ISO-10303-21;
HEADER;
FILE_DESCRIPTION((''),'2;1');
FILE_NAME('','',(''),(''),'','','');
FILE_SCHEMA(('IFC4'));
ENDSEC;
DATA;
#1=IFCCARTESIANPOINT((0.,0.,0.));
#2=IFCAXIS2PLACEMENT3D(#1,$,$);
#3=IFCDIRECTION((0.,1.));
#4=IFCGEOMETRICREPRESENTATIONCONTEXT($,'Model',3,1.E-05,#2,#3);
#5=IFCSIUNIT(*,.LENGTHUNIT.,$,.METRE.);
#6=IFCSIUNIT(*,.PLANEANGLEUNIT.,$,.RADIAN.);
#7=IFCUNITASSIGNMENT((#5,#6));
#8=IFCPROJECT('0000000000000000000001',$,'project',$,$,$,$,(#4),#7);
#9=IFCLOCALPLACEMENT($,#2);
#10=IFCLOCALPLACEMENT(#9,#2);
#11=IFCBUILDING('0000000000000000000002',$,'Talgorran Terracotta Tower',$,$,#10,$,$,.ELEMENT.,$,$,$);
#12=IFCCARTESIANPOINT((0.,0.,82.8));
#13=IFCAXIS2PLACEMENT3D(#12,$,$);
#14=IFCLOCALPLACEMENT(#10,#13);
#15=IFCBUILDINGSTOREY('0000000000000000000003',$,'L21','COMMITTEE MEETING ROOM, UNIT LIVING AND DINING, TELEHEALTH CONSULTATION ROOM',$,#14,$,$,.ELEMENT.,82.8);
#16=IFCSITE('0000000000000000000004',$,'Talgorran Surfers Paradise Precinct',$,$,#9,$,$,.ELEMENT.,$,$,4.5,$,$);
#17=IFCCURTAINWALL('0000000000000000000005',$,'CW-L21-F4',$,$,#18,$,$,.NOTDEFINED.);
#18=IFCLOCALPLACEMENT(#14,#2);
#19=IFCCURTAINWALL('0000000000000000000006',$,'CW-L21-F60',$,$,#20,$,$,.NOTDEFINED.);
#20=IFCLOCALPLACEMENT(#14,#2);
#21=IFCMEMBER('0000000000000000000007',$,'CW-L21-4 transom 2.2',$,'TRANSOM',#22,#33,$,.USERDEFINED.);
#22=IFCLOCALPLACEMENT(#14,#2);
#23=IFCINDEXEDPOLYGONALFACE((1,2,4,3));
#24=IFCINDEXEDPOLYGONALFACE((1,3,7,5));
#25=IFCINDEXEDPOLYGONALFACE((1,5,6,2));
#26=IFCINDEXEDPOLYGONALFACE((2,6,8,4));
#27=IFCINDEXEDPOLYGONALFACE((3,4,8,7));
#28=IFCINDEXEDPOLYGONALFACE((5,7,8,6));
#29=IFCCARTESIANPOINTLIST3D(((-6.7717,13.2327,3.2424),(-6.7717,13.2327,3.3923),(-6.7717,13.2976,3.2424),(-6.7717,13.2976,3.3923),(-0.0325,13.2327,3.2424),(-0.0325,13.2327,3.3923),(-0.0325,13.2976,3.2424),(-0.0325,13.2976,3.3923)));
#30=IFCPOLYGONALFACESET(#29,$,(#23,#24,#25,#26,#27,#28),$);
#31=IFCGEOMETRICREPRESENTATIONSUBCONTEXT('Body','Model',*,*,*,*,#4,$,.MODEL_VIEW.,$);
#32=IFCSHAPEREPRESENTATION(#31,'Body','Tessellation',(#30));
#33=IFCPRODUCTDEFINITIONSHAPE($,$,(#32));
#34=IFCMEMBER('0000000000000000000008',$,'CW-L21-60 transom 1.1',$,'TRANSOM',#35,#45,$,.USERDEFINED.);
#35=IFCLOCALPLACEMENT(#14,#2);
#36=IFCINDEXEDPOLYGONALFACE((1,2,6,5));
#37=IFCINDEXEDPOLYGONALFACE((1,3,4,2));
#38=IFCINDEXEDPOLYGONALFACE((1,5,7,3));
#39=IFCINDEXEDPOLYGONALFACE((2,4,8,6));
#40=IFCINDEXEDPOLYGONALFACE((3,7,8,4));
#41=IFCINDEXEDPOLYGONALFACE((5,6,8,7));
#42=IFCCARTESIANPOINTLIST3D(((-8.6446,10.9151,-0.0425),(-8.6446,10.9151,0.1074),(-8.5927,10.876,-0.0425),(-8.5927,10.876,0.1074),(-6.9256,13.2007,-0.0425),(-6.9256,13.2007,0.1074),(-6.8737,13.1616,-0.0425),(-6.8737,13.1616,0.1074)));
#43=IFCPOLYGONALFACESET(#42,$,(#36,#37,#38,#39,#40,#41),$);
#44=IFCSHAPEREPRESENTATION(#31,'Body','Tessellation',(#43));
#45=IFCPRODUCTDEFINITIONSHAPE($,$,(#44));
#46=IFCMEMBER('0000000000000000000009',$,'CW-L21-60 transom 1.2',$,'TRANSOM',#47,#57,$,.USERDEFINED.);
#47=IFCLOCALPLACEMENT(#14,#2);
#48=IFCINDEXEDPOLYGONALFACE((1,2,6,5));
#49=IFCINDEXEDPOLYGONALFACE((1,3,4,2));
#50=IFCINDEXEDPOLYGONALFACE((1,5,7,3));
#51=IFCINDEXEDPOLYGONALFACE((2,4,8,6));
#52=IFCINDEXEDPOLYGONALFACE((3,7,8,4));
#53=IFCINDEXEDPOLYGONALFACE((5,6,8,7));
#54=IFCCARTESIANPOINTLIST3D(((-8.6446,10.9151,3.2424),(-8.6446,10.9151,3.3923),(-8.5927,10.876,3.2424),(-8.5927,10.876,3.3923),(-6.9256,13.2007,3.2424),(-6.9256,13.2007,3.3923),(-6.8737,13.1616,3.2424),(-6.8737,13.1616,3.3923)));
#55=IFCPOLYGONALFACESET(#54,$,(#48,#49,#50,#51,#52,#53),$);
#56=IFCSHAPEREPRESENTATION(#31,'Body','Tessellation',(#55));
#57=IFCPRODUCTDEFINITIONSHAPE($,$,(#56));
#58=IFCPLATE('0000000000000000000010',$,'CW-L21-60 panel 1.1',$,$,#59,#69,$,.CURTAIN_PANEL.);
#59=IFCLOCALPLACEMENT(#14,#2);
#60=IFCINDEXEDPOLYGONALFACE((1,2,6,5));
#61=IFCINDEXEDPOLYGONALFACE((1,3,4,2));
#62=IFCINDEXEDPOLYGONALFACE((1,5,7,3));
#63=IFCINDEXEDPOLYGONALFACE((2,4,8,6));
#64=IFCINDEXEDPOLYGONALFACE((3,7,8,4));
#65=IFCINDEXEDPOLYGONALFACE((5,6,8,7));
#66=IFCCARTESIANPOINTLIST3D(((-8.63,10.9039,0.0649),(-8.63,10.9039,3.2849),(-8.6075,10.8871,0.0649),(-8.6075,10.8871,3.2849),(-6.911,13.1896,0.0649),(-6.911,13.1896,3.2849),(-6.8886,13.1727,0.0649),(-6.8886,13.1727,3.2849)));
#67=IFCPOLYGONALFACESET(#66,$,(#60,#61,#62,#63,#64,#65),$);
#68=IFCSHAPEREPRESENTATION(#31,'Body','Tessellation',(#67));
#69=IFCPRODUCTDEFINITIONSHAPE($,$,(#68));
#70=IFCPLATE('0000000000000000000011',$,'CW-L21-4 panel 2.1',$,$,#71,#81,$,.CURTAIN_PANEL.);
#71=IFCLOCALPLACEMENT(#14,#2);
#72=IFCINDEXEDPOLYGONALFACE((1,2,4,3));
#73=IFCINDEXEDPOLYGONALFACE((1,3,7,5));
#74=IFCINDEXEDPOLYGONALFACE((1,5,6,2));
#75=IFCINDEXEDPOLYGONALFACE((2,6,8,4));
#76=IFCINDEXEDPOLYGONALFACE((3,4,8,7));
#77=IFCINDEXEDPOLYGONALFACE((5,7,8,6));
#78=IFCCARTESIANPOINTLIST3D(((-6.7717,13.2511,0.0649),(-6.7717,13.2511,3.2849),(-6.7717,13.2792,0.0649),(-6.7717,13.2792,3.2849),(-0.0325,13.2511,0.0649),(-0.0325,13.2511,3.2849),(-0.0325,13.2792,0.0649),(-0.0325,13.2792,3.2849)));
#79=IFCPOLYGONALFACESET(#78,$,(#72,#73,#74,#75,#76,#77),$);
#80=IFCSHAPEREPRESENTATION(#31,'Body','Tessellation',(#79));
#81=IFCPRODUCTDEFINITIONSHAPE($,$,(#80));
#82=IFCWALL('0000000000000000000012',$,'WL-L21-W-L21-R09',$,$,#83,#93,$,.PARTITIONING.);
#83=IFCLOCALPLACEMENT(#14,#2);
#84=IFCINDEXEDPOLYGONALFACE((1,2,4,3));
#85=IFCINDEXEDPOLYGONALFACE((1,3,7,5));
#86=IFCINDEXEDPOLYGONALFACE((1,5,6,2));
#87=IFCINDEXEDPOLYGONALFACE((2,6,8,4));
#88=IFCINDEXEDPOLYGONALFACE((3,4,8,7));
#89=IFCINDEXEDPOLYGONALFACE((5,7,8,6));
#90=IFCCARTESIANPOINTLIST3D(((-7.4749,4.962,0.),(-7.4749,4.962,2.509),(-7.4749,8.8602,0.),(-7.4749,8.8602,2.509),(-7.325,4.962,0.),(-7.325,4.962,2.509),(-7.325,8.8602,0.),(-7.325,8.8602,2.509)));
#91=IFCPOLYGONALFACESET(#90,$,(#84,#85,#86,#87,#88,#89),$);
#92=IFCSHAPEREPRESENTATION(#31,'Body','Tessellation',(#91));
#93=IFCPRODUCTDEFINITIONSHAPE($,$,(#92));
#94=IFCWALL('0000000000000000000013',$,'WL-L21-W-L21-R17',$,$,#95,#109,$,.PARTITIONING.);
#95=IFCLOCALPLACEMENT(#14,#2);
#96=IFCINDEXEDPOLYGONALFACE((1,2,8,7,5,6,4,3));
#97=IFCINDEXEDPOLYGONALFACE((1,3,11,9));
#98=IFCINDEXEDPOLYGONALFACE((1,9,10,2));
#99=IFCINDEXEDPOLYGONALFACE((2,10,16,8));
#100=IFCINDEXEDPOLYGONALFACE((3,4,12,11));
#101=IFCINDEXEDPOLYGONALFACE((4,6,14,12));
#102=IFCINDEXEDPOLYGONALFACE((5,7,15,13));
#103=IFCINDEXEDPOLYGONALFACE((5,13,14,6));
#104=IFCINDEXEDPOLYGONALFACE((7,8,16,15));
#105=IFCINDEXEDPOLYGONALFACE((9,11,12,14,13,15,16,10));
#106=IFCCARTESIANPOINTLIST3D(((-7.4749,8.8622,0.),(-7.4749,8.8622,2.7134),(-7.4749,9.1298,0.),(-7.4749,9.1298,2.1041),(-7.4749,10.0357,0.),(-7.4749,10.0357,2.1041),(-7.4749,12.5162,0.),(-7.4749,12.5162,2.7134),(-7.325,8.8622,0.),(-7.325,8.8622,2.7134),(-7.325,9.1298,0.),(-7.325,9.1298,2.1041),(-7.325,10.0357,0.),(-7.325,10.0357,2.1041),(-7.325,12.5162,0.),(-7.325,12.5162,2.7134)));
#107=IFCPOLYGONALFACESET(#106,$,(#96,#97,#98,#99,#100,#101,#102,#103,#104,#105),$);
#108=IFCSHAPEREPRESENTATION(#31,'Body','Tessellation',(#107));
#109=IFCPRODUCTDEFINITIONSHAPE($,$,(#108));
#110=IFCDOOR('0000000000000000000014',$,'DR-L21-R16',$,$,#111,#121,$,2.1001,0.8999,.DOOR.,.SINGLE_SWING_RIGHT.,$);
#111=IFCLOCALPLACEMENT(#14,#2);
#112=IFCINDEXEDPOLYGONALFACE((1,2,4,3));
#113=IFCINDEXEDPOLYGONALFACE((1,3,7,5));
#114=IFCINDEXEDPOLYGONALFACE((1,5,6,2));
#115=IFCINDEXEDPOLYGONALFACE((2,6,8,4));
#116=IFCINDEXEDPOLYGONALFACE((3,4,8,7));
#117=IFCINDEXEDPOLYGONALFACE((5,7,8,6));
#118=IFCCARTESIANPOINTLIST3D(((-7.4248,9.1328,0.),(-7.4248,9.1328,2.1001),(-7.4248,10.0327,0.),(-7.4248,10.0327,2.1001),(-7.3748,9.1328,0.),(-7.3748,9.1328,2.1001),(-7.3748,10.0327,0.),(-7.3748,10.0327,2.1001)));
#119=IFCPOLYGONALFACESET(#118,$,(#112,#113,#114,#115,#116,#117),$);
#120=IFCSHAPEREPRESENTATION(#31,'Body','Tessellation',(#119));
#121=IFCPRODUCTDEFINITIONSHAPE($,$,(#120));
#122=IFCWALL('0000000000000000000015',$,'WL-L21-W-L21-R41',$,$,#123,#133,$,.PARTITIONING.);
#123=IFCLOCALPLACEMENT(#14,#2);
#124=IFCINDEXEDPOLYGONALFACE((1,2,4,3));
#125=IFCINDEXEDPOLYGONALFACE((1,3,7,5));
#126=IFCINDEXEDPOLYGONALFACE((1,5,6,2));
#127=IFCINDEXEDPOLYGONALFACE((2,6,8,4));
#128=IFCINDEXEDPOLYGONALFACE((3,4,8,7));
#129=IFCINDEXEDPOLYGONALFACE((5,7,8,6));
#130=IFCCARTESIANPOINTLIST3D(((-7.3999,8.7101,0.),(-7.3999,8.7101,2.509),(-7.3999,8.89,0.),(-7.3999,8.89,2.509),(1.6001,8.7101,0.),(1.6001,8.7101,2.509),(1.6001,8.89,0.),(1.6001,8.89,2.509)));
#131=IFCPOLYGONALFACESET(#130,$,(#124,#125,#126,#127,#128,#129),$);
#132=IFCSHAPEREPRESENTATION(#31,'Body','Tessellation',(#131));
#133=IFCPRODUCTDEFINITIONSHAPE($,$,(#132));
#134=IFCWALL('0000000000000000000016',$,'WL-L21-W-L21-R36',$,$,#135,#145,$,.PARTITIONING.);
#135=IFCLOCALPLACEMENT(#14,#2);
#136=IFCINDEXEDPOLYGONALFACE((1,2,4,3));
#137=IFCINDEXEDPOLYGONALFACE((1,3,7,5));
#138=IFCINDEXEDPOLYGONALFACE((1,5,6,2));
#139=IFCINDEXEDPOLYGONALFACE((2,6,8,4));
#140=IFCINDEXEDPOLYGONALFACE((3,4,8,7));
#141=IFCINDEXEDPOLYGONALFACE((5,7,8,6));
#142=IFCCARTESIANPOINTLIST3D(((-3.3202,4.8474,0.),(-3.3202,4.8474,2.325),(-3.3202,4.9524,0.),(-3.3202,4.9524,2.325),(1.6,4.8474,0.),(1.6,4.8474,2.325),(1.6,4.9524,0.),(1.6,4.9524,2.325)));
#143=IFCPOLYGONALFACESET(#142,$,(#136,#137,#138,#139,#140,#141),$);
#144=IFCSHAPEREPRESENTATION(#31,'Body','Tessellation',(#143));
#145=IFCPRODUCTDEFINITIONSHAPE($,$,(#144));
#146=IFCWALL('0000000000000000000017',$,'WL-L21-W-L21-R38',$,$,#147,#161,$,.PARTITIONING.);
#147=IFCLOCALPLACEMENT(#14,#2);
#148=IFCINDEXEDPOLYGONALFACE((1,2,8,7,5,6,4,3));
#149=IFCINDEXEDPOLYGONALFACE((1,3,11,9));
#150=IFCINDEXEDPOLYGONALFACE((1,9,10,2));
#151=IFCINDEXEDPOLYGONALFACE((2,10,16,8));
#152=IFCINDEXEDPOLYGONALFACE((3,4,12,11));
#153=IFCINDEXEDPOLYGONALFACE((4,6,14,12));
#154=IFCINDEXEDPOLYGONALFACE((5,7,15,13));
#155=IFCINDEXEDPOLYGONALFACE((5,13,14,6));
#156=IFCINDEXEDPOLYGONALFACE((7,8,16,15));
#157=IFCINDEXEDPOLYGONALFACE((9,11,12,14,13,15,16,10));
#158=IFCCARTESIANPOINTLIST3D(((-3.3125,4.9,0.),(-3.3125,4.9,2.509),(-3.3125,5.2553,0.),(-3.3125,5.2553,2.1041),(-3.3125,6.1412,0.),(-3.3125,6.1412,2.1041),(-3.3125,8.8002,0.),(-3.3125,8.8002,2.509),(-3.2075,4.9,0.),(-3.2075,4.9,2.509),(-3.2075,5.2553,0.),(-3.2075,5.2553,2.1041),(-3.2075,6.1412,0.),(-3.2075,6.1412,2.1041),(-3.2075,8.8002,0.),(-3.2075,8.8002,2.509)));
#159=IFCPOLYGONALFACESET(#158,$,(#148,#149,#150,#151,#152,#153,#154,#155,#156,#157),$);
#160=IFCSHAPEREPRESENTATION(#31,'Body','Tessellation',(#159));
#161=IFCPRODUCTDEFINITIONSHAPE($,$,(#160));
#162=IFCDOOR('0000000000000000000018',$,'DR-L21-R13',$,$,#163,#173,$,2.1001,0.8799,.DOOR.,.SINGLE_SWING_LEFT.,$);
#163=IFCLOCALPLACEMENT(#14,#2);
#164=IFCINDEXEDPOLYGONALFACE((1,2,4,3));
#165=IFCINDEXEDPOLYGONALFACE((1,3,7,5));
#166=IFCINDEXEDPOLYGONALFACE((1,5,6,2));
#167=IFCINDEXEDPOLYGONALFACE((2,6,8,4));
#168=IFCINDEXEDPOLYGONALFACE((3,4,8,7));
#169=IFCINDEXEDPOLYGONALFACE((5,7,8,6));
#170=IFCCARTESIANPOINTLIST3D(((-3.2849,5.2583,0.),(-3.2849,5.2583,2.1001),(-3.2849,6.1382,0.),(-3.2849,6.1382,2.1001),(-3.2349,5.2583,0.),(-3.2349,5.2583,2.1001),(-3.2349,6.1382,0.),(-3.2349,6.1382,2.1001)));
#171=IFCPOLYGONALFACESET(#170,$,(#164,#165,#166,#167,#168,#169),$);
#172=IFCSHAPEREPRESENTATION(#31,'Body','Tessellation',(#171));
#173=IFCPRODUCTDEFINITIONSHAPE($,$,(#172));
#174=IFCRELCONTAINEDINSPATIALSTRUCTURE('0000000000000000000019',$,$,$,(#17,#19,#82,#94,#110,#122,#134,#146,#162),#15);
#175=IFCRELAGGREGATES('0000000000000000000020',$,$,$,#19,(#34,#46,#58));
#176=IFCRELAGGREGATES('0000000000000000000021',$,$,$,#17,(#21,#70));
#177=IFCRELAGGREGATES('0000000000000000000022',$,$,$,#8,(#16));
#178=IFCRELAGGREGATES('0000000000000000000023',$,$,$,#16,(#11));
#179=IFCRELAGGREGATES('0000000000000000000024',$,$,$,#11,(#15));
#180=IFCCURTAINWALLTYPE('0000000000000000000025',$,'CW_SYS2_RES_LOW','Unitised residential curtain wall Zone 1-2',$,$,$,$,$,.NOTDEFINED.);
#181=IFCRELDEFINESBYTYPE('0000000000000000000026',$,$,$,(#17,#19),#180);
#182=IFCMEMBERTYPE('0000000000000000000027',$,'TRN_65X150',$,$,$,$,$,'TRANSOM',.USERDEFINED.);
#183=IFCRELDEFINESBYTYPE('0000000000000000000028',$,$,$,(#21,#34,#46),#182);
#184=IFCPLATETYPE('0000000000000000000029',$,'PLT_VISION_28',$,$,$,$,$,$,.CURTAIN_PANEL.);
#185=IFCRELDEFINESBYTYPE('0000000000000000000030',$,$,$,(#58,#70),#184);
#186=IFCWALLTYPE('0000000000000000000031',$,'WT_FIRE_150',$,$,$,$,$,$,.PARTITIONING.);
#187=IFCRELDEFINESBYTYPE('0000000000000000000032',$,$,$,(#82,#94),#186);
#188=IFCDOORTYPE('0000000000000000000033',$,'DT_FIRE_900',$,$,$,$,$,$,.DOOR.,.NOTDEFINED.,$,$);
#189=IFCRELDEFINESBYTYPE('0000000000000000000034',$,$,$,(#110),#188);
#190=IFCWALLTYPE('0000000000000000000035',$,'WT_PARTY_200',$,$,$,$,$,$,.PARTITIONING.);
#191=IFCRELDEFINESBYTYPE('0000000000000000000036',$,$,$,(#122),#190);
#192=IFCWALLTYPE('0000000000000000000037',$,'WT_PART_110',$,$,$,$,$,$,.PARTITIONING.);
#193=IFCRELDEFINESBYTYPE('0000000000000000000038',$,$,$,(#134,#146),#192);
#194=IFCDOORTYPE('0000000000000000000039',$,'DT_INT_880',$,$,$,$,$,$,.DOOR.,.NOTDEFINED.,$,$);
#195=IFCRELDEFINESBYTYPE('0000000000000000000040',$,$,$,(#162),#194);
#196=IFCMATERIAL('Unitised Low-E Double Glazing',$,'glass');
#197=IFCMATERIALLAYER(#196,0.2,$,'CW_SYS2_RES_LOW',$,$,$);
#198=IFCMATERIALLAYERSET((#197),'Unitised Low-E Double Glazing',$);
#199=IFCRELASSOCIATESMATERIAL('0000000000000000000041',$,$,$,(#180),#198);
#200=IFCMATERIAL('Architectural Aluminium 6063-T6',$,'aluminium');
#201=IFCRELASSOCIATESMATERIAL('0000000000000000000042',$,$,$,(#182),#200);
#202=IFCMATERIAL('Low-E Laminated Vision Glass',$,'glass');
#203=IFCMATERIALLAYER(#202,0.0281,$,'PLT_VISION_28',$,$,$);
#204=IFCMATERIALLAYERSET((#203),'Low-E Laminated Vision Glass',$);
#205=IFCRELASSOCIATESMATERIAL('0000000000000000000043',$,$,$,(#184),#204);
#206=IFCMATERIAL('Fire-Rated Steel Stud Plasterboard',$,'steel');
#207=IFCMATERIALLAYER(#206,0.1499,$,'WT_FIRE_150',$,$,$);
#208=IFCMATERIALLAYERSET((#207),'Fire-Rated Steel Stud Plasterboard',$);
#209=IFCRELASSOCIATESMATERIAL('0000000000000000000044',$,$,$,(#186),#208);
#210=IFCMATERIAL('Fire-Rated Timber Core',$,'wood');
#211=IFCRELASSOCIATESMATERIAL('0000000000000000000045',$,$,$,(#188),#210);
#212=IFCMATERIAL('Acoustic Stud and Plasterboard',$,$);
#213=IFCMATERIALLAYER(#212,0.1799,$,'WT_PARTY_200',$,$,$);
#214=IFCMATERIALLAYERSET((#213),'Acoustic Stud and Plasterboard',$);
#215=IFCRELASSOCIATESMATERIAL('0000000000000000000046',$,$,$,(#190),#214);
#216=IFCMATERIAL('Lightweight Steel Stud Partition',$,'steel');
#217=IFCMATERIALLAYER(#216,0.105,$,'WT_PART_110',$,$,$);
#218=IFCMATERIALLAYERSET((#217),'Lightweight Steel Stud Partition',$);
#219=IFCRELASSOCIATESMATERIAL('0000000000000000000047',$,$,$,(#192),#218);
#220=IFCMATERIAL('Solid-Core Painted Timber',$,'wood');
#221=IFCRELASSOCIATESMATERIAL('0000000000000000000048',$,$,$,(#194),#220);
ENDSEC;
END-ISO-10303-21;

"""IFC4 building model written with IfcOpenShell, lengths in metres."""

from ifc_helpers import new_model, si_unit, direction, frame, frame_2d, origin, origin_2d, place, context, subcontext, project, spatial, rectangle, extrude, source, transform, mapped, material, layer, layer_set, material_profile, profile_set, type_object, type_shapes, element, fill, aggregate, save


model = new_model("IFC4")

# Units and contexts
model_context = context("Model", 3, precision=1e-05, world=origin(), true_north=direction((0.0, 1.0)))
body_context = subcontext(model_context, "Body", "Model", "MODEL_VIEW")
ifc_project = project(units=[si_unit("LENGTHUNIT", "METRE"), si_unit("PLANEANGLEUNIT", "RADIAN")], contexts=[model_context])

# Site, building, storey
site_placement = place(None, origin())
site = spatial("IfcSite", under=ifc_project, at=site_placement, Name="Talgorran Surfers Paradise Precinct", CompositionType="ELEMENT", RefElevation=4.5)
building_placement = place(site_placement, origin())
building = spatial("IfcBuilding", under=site, at=building_placement, Name="Talgorran Terracotta Tower", CompositionType="ELEMENT")
storey_placement = place(building_placement, frame((0.0, 0.0, 82.8)))
storey = spatial("IfcBuildingStorey", under=building, at=storey_placement, Name="L21", Description="COMMITTEE MEETING ROOM, UNIT LIVING AND DINING, TELEHEALTH CONSULTATION ROOM", CompositionType="ELEMENT", Elevation=82.8)

# Curtain wall
ifc_material_1 = material(Name="Unitised Low-E Double Glazing", Category="glass")
ifc_layer_1 = layer(ifc_material_1, 0.2, Name="CW_SYS2_RES_LOW")
ifc_layer_set_1 = layer_set([ifc_layer_1], Name="Unitised Low-E Double Glazing")
curtain_wall_type = type_object("IfcCurtainWallType", Name="CW_SYS2_RES_LOW", Description="Unitised residential curtain wall Zone 1-2", PredefinedType="NOTDEFINED", material=ifc_layer_set_1)
curtain_wall_1_placement = place(storey_placement, origin())
curtain_wall_1 = element("IfcCurtainWall", 1, at=curtain_wall_1_placement, inside=storey, type_object=curtain_wall_type, Name="CW-L21-F4", PredefinedType="NOTDEFINED")
ifc_material_2 = material(Name="Architectural Aluminium 6063-T6", Category="aluminium")

# Curtain wall
curtain_wall_2_placement = place(storey_placement, origin())
curtain_wall_2 = element("IfcCurtainWall", 2, at=curtain_wall_2_placement, inside=storey, type_object=curtain_wall_type, Name="CW-L21-F60", PredefinedType="NOTDEFINED")

# Members
ifc_material_profile_1 = material_profile(ifc_material_2, rectangle(XDim=0.0649, YDim=0.1499, at=origin_2d()), Name="CWT65X150")
ifc_profile_set_1 = profile_set([ifc_material_profile_1], Name="Architectural Aluminium 6063-T6")
member_type_1 = type_object("IfcMemberType", Name="TRN_65X150", ElementType="TRANSOM", PredefinedType="USERDEFINED", material=ifc_profile_set_1)
member_1_placement = place(storey_placement, frame((-0.0325, 13.2651, 3.3174), z_axis=(-1.0, 0.0, 0.0), x_axis=(0.0, -1.0, 0.0)))
member_1 = element("IfcMember", 3, at=member_1_placement, type_object=member_type_1, Name="CW-L21-4 transom 2.2", ObjectType="TRANSOM", PredefinedType="USERDEFINED", context=body_context, shape_type="SweptSolid", body=[
    extrude(rectangle(XDim=0.0649, YDim=0.1499, at=origin_2d()), origin(), (0.0, 0.0, 1.0), 6.7393),
])
member_2_placement = place(storey_placement, frame((-6.8997, 13.1812, 0.0325), z_axis=(-0.601065, -0.7992, 0.0), x_axis=(0.7992, -0.601065, 0.0)))
member_2 = element("IfcMember", 4, at=member_2_placement, type_object=member_type_1, Name="CW-L21-60 transom 1.1", ObjectType="TRANSOM", PredefinedType="USERDEFINED", context=body_context, shape_type="SweptSolid", body=[
    extrude(rectangle(XDim=0.0649, YDim=0.1499, at=origin_2d()), origin(), (0.0, 0.0, 1.0), 2.8599),
])
member_3_placement = place(storey_placement, frame((-6.8997, 13.1812, 3.3174), z_axis=(-0.601065, -0.7992, 0.0), x_axis=(0.7992, -0.601065, 0.0)))
member_3 = element("IfcMember", 5, at=member_3_placement, type_object=member_type_1, Name="CW-L21-60 transom 1.2", ObjectType="TRANSOM", PredefinedType="USERDEFINED", context=body_context, shape_type="SweptSolid", body=[
    extrude(rectangle(XDim=0.0649, YDim=0.1499, at=origin_2d()), origin(), (0.0, 0.0, 1.0), 2.8599),
])

# Plates
ifc_material_3 = material(Name="Low-E Laminated Vision Glass", Category="glass")
ifc_layer_2 = layer(ifc_material_3, 0.0281, Name="PLT_VISION_28")
ifc_layer_set_2 = layer_set([ifc_layer_2], Name="Low-E Laminated Vision Glass")
plate_type = type_object("IfcPlateType", Name="PLT_VISION_28", PredefinedType="CURTAIN_PANEL", material=ifc_layer_set_2)
shared_shape_1 = source(origin(), body_context, "Body", "SweptSolid", [
    extrude(rectangle(XDim=2.8599, YDim=0.0281, at=origin_2d()), origin(), (0.0, 0.0, 1.0), 3.22),
])
plate_1_placement = place(storey_placement, frame((-7.7593, 12.0383, 0.0649), z_axis=(0.0, 0.0, 1.0), x_axis=(-0.601048, -0.799213, 0.0)))
plate_1 = element("IfcPlate", 6, at=plate_1_placement, type_object=plate_type, Name="CW-L21-60 panel 1.1", PredefinedType="CURTAIN_PANEL", context=body_context, shape_type="MappedRepresentation", body=[
    mapped(shared_shape_1, transform((0.0, 0.0, 0.0), scale=1.0)),
])
aggregate(curtain_wall_2, [member_2, member_3, plate_1])
shared_shape_2 = source(origin(), body_context, "Body", "SweptSolid", [
    extrude(rectangle(XDim=6.7393, YDim=0.0281, at=origin_2d()), origin(), (0.0, 0.0, 1.0), 3.22),
])
type_shapes(plate_type, [shared_shape_1, shared_shape_2])
plate_2_placement = place(storey_placement, frame((-3.4021, 13.2651, 0.0649), z_axis=(0.0, 0.0, 1.0), x_axis=(-1.0, 0.0, 0.0)))
plate_2 = element("IfcPlate", 7, at=plate_2_placement, type_object=plate_type, Name="CW-L21-4 panel 2.1", PredefinedType="CURTAIN_PANEL", context=body_context, shape_type="MappedRepresentation", body=[
    mapped(shared_shape_2, transform((0.0, 0.0, 0.0), scale=1.0)),
])
aggregate(curtain_wall_1, [member_1, plate_2])

# Wall
ifc_material_4 = material(Name="Fire-Rated Steel Stud Plasterboard", Category="steel")
ifc_layer_3 = layer(ifc_material_4, 0.1499, Name="WT_FIRE_150")
ifc_layer_set_3 = layer_set([ifc_layer_3], Name="Fire-Rated Steel Stud Plasterboard")
wall_type_1 = type_object("IfcWallType", Name="WT_FIRE_150", PredefinedType="PARTITIONING", material=ifc_layer_set_3)
wall_1_placement = place(storey_placement, frame((-7.3999, 4.9619, 0.0), z_axis=(0.0, 0.0, 1.0), x_axis=(0.0, 1.0, 0.0)))
element("IfcWall", 8, at=wall_1_placement, inside=storey, type_object=wall_type_1, Name="WL-L21-W-L21-R09", PredefinedType="PARTITIONING", context=body_context, shape_type="SweptSolid", body=[
    extrude(rectangle(XDim=3.8982, YDim=0.1499, at=frame_2d((1.9492, 0.0))), origin(), (0.0, 0.0, 1.0), 2.509),
])

# Wall, opening, door
wall_2_placement = place(storey_placement, frame((-7.3999, 8.8621, 0.0), z_axis=(0.0, 0.0, 1.0), x_axis=(0.0, 1.0, 0.0)))
wall_2 = element("IfcWall", 9, at=wall_2_placement, inside=storey, type_object=wall_type_1, Name="WL-L21-W-L21-R17", PredefinedType="PARTITIONING", context=body_context, shape_type="SweptSolid", body=[
    extrude(rectangle(XDim=3.6541, YDim=0.1499, at=frame_2d((1.8271, 0.0))), origin(), (0.0, 0.0, 1.0), 2.7134),
])
opening_1_placement = place(wall_2_placement, frame((0.2708, 0.0, 0.0)))
opening_1 = element("IfcOpeningElement", 10, at=opening_1_placement, cuts=wall_2, PredefinedType="OPENING", context=body_context, shape_type="SweptSolid", body=[
    extrude(rectangle(XDim=0.9059, YDim=2.1041, at=frame_2d((0.45, 1.052))), frame((0.0, 0.085, 0.0), z_axis=(0.0, -1.0, 0.0), x_axis=(1.0, 0.0, 0.0)), (0.0, 0.0, 1.0), 0.1699),
])
ifc_material_5 = material(Name="Fire-Rated Timber Core", Category="wood")
door_type_1 = type_object("IfcDoorType", Name="DT_FIRE_900", OperationType="NOTDEFINED", PredefinedType="DOOR", material=ifc_material_5)
door_1_placement = place(opening_1_placement, origin())
door_1 = element("IfcDoor", 11, at=door_1_placement, inside=storey, type_object=door_type_1, Name="DR-L21-R16", OperationType="SINGLE_SWING_RIGHT", OverallHeight=2.1001, OverallWidth=0.8999, PredefinedType="DOOR", context=body_context, shape_type="SweptSolid", body=[
    extrude(rectangle(XDim=0.8999, YDim=2.1001, at=frame_2d((0.45, 1.05))), frame((0.0, 0.0249, 0.0), z_axis=(0.0, -1.0, 0.0), x_axis=(1.0, 0.0, 0.0)), (0.0, 0.0, 1.0), 0.05),
])
fill(opening_1, door_1)

# Walls
ifc_material_6 = material(Name="Acoustic Stud and Plasterboard")
ifc_layer_4 = layer(ifc_material_6, 0.1799, Name="WT_PARTY_200")
ifc_layer_set_4 = layer_set([ifc_layer_4], Name="Acoustic Stud and Plasterboard")
wall_type_2 = type_object("IfcWallType", Name="WT_PARTY_200", PredefinedType="PARTITIONING", material=ifc_layer_set_4)
wall_3_placement = place(storey_placement, frame((-7.3999, 8.8, 0.0), z_axis=(0.0, 0.0, 1.0), x_axis=(1.0, 0.0, 0.0)))
element("IfcWall", 12, at=wall_3_placement, inside=storey, type_object=wall_type_2, Name="WL-L21-W-L21-R41", PredefinedType="PARTITIONING", context=body_context, shape_type="SweptSolid", body=[
    extrude(rectangle(XDim=9.0, YDim=0.1799, at=frame_2d((4.5, 0.0))), origin(), (0.0, 0.0, 1.0), 2.509),
])
ifc_material_7 = material(Name="Lightweight Steel Stud Partition", Category="steel")
ifc_layer_5 = layer(ifc_material_7, 0.105, Name="WT_PART_110")
ifc_layer_set_5 = layer_set([ifc_layer_5], Name="Lightweight Steel Stud Partition")
wall_type_3 = type_object("IfcWallType", Name="WT_PART_110", PredefinedType="PARTITIONING", material=ifc_layer_set_5)
wall_4_placement = place(storey_placement, frame((-3.3201, 4.8999, 0.0), z_axis=(0.0, 0.0, 1.0), x_axis=(1.0, 0.0, 0.0)))
element("IfcWall", 13, at=wall_4_placement, inside=storey, type_object=wall_type_3, Name="WL-L21-W-L21-R36", PredefinedType="PARTITIONING", context=body_context, shape_type="SweptSolid", body=[
    extrude(rectangle(XDim=4.9202, YDim=0.105, at=frame_2d((2.46, 0.0))), origin(), (0.0, 0.0, 1.0), 2.325),
])

# Wall, opening, door
wall_5_placement = place(storey_placement, frame((-3.26, 4.8999, 0.0), z_axis=(0.0, 0.0, 1.0), x_axis=(0.0, 1.0, 0.0)))
wall_5 = element("IfcWall", 14, at=wall_5_placement, inside=storey, type_object=wall_type_3, Name="WL-L21-W-L21-R38", PredefinedType="PARTITIONING", context=body_context, shape_type="SweptSolid", body=[
    extrude(rectangle(XDim=3.9001, YDim=0.105, at=frame_2d((1.9502, 0.0))), origin(), (0.0, 0.0, 1.0), 2.509),
])
opening_2_placement = place(wall_5_placement, frame((0.3584, 0.0, 0.0)))
opening_2 = element("IfcOpeningElement", 15, at=opening_2_placement, cuts=wall_5, PredefinedType="OPENING", context=body_context, shape_type="SweptSolid", body=[
    extrude(rectangle(XDim=0.8859, YDim=2.1041, at=frame_2d((0.4399, 1.052))), frame((0.0, 0.0625, 0.0), z_axis=(0.0, -1.0, 0.0), x_axis=(1.0, 0.0, 0.0)), (0.0, 0.0, 1.0), 0.125),
])
ifc_material_8 = material(Name="Solid-Core Painted Timber", Category="wood")
door_type_2 = type_object("IfcDoorType", Name="DT_INT_880", OperationType="NOTDEFINED", PredefinedType="DOOR", material=ifc_material_8)
door_2_placement = place(opening_2_placement, origin())
door_2 = element("IfcDoor", 16, at=door_2_placement, inside=storey, type_object=door_type_2, Name="DR-L21-R13", OperationType="SINGLE_SWING_LEFT", OverallHeight=2.1001, OverallWidth=0.8799, PredefinedType="DOOR", context=body_context, shape_type="SweptSolid", body=[
    extrude(rectangle(XDim=0.8799, YDim=2.1001, at=frame_2d((0.4399, 1.05))), frame((0.0, 0.0249, 0.0), z_axis=(0.0, -1.0, 0.0), x_axis=(1.0, 0.0, 0.0)), (0.0, 0.0, 1.0), 0.05),
])
fill(opening_2, door_2)

save(model, "model.ifc")
